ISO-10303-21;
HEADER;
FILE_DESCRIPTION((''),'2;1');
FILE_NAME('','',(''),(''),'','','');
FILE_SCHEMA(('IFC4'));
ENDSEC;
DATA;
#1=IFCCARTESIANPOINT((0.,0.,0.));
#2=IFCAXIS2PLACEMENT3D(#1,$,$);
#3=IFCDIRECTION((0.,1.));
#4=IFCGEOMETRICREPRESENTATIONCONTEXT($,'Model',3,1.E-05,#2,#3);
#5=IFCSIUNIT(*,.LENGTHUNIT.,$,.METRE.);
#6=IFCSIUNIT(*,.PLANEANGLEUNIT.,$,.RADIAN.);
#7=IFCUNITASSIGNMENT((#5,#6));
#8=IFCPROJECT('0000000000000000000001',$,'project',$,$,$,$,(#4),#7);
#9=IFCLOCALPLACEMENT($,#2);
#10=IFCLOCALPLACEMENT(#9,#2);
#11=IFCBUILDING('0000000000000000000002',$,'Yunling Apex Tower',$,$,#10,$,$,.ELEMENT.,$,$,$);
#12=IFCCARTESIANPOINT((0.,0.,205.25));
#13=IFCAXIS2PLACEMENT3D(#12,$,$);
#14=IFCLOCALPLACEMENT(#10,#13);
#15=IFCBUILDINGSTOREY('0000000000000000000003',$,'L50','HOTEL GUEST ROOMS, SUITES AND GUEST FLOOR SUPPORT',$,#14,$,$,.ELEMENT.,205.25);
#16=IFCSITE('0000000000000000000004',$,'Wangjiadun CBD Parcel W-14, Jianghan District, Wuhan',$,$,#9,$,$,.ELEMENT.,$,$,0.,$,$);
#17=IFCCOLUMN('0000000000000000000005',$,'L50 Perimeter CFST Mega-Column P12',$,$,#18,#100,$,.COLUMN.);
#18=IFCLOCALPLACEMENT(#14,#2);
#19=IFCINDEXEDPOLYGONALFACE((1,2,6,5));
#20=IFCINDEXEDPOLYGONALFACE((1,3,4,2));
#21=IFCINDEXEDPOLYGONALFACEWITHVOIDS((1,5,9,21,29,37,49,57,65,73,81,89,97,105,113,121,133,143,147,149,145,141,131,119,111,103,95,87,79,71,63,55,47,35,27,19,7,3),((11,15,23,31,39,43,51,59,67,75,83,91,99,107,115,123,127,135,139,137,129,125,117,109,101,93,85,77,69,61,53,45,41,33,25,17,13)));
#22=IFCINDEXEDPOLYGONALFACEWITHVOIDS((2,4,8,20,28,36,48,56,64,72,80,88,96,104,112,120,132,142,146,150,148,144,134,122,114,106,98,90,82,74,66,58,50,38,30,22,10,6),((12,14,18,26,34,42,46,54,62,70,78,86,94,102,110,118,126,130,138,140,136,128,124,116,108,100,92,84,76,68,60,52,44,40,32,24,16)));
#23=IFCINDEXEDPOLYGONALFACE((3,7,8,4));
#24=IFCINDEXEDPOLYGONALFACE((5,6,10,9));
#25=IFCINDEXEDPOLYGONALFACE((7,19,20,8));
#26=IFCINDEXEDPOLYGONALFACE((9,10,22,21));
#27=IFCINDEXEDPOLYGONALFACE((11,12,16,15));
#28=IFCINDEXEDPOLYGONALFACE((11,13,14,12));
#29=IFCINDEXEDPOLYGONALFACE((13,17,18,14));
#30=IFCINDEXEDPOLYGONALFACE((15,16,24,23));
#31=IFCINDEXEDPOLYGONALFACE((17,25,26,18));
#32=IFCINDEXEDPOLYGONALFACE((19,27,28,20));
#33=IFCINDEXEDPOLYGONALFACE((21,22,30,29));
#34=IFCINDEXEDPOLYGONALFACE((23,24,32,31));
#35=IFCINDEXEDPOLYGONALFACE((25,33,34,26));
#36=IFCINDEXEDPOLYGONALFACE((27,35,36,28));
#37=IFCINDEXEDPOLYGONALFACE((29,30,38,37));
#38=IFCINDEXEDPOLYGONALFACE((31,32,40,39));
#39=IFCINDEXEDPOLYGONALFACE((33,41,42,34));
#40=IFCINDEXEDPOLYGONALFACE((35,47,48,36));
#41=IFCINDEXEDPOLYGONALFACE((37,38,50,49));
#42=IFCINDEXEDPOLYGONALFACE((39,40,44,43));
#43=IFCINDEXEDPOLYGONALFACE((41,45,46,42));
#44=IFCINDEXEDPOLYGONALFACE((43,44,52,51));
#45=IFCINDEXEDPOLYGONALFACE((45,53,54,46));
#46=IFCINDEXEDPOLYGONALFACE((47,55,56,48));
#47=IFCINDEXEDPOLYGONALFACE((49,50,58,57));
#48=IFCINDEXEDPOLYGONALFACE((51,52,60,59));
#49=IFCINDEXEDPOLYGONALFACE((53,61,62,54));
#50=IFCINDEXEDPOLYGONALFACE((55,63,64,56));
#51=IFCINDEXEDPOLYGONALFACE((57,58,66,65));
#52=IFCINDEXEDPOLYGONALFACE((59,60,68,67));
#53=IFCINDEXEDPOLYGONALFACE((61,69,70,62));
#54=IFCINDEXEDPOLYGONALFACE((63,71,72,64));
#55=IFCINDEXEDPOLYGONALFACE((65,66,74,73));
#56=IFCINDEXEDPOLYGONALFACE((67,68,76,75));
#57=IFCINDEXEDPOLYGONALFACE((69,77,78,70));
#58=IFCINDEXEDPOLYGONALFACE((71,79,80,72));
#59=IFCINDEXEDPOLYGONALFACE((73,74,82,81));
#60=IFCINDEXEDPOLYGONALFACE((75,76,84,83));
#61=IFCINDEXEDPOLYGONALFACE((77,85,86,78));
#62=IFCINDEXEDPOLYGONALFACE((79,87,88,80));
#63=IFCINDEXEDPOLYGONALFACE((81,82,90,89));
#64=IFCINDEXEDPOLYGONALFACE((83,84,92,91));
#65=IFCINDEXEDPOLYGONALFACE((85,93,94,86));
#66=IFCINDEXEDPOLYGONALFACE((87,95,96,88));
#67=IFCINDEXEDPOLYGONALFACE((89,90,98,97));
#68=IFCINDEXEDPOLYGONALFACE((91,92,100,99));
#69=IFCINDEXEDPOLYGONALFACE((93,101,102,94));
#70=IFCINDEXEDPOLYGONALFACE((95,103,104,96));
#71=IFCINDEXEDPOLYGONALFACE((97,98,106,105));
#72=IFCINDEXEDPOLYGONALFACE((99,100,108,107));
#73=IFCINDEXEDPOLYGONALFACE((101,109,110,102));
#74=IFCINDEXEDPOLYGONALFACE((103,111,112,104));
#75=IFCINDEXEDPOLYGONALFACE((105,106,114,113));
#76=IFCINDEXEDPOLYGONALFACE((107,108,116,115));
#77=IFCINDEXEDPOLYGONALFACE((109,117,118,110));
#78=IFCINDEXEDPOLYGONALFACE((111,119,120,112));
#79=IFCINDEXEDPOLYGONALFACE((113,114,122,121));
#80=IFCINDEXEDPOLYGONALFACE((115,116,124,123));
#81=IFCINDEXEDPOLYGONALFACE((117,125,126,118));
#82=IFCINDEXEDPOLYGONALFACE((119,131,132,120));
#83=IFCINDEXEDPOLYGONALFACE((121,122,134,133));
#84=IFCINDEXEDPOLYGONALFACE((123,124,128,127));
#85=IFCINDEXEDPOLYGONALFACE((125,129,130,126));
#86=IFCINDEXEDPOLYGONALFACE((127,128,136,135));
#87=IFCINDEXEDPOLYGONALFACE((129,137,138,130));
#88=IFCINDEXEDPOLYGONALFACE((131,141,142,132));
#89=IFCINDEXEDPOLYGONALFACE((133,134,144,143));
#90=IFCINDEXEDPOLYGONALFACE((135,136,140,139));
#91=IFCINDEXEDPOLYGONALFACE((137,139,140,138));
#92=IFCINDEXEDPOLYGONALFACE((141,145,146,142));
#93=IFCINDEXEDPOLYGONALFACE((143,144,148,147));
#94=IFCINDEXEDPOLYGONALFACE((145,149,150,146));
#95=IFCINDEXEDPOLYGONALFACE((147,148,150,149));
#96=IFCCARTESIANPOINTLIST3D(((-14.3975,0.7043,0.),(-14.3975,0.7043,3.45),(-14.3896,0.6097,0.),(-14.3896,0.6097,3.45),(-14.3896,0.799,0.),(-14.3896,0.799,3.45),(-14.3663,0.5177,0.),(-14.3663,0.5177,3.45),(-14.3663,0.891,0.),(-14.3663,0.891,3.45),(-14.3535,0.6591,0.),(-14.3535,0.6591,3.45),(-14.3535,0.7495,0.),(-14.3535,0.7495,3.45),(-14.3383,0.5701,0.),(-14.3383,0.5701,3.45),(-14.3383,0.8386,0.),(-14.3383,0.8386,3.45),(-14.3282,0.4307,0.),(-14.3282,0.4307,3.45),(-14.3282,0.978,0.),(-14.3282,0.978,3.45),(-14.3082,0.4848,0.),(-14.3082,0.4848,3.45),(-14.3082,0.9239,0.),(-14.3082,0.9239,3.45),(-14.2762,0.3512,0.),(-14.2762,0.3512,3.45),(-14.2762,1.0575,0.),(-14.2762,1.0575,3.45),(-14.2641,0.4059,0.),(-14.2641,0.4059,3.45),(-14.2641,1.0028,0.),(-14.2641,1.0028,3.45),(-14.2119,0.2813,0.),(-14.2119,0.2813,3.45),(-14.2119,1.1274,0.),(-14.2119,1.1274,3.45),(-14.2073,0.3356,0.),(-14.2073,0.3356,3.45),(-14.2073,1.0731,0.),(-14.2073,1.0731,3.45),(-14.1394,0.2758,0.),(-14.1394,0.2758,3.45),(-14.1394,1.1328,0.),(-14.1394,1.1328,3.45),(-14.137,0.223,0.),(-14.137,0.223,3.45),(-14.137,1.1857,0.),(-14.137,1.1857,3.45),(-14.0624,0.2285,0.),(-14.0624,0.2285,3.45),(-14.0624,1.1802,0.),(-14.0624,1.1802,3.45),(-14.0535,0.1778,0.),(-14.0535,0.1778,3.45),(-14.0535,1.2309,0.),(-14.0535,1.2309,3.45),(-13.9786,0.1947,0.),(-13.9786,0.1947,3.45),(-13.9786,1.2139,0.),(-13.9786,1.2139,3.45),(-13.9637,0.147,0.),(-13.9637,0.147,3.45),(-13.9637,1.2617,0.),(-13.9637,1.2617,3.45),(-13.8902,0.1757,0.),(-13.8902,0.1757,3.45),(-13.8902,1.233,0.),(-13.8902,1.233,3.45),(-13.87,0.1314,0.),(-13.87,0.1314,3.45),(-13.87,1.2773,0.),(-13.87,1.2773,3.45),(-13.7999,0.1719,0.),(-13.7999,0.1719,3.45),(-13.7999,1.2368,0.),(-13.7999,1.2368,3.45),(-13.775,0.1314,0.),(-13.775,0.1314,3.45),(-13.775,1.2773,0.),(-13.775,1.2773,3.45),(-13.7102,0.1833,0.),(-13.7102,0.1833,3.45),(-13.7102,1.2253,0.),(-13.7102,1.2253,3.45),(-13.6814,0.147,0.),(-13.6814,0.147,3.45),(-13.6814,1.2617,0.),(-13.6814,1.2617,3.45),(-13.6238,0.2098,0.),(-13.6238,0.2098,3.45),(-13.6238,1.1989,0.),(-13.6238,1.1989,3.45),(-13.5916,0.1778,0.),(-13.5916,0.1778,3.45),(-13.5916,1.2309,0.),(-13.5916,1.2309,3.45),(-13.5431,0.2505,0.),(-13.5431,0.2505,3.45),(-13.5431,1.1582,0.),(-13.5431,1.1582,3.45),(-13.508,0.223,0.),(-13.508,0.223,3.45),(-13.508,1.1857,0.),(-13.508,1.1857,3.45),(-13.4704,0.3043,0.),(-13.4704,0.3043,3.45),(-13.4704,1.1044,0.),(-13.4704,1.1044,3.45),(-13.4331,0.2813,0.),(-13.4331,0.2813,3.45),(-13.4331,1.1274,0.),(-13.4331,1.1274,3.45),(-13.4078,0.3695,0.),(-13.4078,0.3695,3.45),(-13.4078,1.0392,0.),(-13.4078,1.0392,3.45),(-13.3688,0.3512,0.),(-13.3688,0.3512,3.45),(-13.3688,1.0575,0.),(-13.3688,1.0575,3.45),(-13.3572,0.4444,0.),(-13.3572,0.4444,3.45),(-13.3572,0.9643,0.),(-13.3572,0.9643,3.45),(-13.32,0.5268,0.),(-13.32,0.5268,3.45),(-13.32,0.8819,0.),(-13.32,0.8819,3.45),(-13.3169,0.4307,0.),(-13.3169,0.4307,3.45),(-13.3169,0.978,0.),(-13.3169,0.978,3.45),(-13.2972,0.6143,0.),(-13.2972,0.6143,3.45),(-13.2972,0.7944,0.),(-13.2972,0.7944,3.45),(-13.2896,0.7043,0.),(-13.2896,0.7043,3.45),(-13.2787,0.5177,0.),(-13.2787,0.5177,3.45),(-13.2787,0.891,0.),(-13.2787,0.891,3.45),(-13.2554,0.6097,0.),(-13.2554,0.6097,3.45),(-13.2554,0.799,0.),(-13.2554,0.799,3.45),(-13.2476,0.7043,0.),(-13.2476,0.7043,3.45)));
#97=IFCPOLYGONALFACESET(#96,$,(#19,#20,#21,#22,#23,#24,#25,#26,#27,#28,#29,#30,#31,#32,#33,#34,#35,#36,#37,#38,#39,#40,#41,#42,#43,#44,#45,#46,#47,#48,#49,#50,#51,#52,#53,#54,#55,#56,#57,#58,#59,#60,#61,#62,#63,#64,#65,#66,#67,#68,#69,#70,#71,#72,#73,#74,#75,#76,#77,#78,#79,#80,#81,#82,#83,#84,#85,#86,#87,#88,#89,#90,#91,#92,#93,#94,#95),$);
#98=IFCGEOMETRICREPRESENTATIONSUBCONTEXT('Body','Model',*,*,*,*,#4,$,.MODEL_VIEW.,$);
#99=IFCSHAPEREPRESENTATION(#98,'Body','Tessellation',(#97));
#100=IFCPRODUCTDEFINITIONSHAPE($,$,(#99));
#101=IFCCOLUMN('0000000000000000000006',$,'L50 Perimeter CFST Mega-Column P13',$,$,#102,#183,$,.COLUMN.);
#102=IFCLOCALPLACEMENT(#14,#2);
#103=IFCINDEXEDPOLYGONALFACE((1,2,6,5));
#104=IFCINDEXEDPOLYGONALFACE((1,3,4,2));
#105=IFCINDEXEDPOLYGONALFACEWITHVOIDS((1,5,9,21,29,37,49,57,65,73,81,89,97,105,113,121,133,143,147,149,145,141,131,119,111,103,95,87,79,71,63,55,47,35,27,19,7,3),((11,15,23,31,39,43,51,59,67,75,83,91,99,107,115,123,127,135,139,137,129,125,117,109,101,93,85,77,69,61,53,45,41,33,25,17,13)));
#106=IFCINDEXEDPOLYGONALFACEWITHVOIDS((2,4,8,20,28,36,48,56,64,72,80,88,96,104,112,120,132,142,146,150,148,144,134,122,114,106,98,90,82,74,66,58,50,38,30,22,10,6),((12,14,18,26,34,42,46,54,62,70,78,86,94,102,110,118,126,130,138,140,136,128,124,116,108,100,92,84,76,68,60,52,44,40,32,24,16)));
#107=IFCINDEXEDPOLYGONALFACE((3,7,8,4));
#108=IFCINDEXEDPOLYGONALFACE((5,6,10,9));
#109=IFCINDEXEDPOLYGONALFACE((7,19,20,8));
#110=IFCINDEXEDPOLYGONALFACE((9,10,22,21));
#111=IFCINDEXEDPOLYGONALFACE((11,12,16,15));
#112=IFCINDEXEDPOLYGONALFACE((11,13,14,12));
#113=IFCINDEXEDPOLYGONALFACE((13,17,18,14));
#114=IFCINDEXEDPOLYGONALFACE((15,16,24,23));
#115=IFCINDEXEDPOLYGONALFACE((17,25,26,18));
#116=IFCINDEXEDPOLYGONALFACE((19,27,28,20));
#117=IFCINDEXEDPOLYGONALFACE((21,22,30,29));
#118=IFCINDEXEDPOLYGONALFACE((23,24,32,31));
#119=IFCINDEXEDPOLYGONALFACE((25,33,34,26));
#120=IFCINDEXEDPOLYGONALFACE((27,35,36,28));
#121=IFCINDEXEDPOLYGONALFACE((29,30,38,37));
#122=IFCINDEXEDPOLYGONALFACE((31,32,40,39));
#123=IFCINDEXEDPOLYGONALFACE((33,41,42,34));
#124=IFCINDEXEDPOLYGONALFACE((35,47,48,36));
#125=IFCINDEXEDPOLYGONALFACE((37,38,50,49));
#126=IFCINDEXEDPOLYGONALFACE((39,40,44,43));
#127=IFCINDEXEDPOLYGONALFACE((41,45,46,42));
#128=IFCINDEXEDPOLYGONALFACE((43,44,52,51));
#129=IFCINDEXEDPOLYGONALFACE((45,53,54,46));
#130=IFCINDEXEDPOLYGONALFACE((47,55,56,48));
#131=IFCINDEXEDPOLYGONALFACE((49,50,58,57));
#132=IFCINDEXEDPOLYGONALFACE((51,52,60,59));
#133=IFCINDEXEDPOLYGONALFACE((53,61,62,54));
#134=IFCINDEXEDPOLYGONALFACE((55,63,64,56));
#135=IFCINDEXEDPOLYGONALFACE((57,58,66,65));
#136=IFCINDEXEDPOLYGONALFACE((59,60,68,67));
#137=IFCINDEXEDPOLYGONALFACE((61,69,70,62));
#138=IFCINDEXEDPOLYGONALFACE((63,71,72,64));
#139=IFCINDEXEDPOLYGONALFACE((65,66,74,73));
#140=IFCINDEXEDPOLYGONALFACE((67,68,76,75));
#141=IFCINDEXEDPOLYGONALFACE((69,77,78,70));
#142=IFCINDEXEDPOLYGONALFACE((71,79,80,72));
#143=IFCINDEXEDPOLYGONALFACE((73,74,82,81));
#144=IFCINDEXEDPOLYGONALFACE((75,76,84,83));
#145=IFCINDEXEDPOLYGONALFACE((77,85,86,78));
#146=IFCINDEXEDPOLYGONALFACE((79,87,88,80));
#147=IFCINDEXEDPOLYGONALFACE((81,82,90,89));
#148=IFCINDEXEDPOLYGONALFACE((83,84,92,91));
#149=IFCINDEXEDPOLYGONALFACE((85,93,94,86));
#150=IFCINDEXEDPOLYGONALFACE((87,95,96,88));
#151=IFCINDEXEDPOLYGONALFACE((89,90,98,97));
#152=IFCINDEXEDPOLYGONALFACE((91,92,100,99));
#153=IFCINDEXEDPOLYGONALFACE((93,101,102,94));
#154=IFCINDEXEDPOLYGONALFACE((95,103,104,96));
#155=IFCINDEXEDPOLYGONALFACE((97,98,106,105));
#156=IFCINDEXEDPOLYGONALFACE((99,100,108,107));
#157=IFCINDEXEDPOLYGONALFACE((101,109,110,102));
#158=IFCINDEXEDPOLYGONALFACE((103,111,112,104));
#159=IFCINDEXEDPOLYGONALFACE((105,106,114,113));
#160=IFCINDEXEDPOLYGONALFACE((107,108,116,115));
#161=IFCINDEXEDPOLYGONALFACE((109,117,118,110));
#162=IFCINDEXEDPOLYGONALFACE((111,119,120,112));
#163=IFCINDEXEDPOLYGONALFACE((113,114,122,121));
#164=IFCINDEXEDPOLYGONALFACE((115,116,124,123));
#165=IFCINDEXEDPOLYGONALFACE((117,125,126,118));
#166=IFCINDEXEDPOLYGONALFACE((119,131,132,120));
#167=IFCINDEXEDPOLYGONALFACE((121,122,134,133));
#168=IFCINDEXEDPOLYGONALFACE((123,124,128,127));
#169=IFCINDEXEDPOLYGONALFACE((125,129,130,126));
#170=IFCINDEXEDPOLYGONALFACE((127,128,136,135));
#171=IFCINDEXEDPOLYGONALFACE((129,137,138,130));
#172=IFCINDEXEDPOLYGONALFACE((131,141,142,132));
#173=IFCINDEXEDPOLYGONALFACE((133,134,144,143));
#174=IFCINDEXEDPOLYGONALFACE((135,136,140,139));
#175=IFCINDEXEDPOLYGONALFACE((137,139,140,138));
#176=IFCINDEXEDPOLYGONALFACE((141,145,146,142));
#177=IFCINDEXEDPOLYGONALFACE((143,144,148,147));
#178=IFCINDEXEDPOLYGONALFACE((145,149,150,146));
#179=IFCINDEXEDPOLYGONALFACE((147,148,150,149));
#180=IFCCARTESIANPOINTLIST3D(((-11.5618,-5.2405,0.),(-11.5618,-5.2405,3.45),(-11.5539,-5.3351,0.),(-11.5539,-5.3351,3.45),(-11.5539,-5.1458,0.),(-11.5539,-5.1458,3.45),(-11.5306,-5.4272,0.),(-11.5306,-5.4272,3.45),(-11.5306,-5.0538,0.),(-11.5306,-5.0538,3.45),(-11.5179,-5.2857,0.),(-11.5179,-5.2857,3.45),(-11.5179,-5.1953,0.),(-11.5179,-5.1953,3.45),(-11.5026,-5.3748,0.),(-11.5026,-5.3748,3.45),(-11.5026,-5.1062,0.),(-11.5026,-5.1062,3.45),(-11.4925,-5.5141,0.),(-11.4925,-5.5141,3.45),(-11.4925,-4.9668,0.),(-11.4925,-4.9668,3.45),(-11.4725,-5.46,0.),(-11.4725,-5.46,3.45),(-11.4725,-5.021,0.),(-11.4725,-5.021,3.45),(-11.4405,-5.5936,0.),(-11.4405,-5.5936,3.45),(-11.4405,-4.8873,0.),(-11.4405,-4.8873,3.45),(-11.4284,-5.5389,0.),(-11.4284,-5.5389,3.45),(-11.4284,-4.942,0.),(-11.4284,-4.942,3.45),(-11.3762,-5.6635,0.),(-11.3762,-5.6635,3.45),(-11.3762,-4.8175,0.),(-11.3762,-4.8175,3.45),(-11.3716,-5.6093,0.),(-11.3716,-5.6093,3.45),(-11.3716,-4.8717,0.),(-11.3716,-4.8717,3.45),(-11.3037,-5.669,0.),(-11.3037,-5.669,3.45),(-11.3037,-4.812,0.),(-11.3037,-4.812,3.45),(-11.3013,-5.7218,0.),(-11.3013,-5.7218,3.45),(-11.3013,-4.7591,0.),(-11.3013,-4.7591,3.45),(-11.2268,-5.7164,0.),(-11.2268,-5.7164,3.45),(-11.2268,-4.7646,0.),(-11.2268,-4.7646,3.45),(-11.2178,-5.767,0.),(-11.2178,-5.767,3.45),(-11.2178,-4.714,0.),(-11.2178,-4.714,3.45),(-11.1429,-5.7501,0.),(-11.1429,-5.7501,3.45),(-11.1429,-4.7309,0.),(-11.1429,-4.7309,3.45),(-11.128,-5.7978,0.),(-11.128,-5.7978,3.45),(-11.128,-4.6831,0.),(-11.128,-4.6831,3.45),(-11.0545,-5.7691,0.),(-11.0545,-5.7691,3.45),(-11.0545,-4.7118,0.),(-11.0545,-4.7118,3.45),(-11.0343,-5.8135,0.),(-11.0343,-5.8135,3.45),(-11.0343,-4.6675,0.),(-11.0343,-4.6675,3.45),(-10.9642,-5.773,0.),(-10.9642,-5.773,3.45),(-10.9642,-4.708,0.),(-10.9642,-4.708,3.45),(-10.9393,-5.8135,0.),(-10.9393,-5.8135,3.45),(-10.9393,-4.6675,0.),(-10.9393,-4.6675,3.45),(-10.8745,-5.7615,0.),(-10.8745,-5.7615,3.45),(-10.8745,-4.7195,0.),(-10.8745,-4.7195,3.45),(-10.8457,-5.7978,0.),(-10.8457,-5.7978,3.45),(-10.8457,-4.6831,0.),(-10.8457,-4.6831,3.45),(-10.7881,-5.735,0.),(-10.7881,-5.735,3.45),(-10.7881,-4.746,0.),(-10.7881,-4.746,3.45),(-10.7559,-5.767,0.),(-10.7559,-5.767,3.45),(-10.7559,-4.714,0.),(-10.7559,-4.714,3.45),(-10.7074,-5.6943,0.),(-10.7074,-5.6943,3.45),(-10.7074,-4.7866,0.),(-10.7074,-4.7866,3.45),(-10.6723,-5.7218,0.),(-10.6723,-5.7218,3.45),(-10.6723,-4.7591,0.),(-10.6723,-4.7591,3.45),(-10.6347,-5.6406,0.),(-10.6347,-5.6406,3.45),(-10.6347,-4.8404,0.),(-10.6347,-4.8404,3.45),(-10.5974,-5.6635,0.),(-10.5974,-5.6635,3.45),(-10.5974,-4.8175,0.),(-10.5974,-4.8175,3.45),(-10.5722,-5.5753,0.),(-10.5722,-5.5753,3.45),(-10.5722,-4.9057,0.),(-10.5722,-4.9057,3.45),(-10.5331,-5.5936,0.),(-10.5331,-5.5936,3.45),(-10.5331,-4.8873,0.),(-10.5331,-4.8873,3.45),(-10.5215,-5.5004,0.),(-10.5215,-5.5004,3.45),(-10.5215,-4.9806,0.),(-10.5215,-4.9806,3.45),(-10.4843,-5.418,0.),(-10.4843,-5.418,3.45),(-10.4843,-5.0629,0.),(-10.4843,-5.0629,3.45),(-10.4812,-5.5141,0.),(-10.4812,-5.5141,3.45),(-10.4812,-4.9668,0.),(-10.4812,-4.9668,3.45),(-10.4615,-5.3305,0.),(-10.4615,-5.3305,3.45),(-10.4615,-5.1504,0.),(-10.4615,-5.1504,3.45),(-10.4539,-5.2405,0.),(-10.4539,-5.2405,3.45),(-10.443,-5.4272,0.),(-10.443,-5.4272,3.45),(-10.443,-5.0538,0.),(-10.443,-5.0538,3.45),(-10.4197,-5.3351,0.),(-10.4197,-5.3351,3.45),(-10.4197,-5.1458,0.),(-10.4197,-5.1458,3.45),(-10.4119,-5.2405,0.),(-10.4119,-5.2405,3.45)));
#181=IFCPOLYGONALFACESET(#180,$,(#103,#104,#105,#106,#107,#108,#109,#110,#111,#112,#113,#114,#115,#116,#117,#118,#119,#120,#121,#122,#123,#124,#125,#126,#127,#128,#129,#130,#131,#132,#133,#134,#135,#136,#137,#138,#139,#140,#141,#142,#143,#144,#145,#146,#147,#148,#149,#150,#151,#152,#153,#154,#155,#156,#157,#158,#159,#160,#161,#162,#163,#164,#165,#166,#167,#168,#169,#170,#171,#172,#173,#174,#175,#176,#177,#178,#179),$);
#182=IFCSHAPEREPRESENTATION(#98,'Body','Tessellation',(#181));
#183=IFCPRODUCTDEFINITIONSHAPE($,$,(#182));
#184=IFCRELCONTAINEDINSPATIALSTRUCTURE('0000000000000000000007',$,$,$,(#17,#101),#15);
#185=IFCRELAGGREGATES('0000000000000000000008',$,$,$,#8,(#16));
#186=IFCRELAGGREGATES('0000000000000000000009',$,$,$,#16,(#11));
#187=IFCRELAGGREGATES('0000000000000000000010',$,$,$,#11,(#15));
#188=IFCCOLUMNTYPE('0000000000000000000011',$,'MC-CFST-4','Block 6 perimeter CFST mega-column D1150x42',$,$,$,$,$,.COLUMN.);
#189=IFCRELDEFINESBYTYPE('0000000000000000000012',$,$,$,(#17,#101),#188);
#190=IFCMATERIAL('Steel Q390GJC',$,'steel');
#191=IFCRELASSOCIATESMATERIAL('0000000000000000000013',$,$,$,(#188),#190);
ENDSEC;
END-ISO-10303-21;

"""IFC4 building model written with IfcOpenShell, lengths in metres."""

from ifc_helpers import new_model, si_unit, direction, frame, origin, origin_2d, place, context, subcontext, project, spatial, hollow_circle, extrude, source, transform, mapped, material, material_profile, profile_set, type_object, element, save


model = new_model("IFC4")

# Units and contexts
model_context = context("Model", 3, precision=1e-05, world=origin(), true_north=direction((0.0, 1.0)))
body_context = subcontext(model_context, "Body", "Model", "MODEL_VIEW")
ifc_project = project(units=[si_unit("LENGTHUNIT", "METRE"), si_unit("PLANEANGLEUNIT", "RADIAN")], contexts=[model_context])

# Site, building, storey
site_placement = place(None, origin())
site = spatial("IfcSite", under=ifc_project, at=site_placement, Name="Wangjiadun CBD Parcel W-14, Jianghan District, Wuhan", CompositionType="ELEMENT", RefElevation=0.0)
building_placement = place(site_placement, origin())
building = spatial("IfcBuilding", under=site, at=building_placement, Name="Yunling Apex Tower", CompositionType="ELEMENT")
storey_placement = place(building_placement, frame((0.0, 0.0, 205.25)))
storey = spatial("IfcBuildingStorey", under=building, at=storey_placement, Name="L50", Description="HOTEL GUEST ROOMS, SUITES AND GUEST FLOOR SUPPORT", CompositionType="ELEMENT", Elevation=205.25)

# Columns
ifc_material_1 = material(Name="Steel Q390GJC", Category="steel")
ifc_material_profile_1 = material_profile(ifc_material_1, hollow_circle(Radius=0.575, WallThickness=0.042, at=origin_2d()))
ifc_profile_set_1 = profile_set([ifc_material_profile_1], Name="Steel Q390GJC")
column_type = type_object("IfcColumnType", Name="MC-CFST-4", Description="Block 6 perimeter CFST mega-column D1150x42", PredefinedType="COLUMN", material=ifc_profile_set_1)
shared_shape_1 = source(origin(), body_context, "Body", "SweptSolid", [
    extrude(hollow_circle(Radius=0.575, WallThickness=0.042, at=origin_2d()), origin(), (0.0, 0.0, 1.0), 3.45),
])
for number, where, z_axis, x_axis, name in (
    (1, (-13.8225, 0.7043, 0.0), (0.0, 0.0, 1.0), (1.0, 0.0, 0.0), "L50 Perimeter CFST Mega-Column P12"),
    (2, (-10.9868, -5.2405, 0.0), (0.0, 0.0, 1.0), (1.0, 0.0, 0.0), "L50 Perimeter CFST Mega-Column P13"),
):
    element("IfcColumn", number, at=place(storey_placement, frame(where, z_axis=z_axis, x_axis=x_axis)), inside=storey, type_object=column_type, Name=name, PredefinedType="COLUMN", context=body_context, shape_type="MappedRepresentation", body=[
        mapped(shared_shape_1, transform((0.0, 0.0, 0.0), scale=1.0)),
    ])

save(model, "model.ifc")
